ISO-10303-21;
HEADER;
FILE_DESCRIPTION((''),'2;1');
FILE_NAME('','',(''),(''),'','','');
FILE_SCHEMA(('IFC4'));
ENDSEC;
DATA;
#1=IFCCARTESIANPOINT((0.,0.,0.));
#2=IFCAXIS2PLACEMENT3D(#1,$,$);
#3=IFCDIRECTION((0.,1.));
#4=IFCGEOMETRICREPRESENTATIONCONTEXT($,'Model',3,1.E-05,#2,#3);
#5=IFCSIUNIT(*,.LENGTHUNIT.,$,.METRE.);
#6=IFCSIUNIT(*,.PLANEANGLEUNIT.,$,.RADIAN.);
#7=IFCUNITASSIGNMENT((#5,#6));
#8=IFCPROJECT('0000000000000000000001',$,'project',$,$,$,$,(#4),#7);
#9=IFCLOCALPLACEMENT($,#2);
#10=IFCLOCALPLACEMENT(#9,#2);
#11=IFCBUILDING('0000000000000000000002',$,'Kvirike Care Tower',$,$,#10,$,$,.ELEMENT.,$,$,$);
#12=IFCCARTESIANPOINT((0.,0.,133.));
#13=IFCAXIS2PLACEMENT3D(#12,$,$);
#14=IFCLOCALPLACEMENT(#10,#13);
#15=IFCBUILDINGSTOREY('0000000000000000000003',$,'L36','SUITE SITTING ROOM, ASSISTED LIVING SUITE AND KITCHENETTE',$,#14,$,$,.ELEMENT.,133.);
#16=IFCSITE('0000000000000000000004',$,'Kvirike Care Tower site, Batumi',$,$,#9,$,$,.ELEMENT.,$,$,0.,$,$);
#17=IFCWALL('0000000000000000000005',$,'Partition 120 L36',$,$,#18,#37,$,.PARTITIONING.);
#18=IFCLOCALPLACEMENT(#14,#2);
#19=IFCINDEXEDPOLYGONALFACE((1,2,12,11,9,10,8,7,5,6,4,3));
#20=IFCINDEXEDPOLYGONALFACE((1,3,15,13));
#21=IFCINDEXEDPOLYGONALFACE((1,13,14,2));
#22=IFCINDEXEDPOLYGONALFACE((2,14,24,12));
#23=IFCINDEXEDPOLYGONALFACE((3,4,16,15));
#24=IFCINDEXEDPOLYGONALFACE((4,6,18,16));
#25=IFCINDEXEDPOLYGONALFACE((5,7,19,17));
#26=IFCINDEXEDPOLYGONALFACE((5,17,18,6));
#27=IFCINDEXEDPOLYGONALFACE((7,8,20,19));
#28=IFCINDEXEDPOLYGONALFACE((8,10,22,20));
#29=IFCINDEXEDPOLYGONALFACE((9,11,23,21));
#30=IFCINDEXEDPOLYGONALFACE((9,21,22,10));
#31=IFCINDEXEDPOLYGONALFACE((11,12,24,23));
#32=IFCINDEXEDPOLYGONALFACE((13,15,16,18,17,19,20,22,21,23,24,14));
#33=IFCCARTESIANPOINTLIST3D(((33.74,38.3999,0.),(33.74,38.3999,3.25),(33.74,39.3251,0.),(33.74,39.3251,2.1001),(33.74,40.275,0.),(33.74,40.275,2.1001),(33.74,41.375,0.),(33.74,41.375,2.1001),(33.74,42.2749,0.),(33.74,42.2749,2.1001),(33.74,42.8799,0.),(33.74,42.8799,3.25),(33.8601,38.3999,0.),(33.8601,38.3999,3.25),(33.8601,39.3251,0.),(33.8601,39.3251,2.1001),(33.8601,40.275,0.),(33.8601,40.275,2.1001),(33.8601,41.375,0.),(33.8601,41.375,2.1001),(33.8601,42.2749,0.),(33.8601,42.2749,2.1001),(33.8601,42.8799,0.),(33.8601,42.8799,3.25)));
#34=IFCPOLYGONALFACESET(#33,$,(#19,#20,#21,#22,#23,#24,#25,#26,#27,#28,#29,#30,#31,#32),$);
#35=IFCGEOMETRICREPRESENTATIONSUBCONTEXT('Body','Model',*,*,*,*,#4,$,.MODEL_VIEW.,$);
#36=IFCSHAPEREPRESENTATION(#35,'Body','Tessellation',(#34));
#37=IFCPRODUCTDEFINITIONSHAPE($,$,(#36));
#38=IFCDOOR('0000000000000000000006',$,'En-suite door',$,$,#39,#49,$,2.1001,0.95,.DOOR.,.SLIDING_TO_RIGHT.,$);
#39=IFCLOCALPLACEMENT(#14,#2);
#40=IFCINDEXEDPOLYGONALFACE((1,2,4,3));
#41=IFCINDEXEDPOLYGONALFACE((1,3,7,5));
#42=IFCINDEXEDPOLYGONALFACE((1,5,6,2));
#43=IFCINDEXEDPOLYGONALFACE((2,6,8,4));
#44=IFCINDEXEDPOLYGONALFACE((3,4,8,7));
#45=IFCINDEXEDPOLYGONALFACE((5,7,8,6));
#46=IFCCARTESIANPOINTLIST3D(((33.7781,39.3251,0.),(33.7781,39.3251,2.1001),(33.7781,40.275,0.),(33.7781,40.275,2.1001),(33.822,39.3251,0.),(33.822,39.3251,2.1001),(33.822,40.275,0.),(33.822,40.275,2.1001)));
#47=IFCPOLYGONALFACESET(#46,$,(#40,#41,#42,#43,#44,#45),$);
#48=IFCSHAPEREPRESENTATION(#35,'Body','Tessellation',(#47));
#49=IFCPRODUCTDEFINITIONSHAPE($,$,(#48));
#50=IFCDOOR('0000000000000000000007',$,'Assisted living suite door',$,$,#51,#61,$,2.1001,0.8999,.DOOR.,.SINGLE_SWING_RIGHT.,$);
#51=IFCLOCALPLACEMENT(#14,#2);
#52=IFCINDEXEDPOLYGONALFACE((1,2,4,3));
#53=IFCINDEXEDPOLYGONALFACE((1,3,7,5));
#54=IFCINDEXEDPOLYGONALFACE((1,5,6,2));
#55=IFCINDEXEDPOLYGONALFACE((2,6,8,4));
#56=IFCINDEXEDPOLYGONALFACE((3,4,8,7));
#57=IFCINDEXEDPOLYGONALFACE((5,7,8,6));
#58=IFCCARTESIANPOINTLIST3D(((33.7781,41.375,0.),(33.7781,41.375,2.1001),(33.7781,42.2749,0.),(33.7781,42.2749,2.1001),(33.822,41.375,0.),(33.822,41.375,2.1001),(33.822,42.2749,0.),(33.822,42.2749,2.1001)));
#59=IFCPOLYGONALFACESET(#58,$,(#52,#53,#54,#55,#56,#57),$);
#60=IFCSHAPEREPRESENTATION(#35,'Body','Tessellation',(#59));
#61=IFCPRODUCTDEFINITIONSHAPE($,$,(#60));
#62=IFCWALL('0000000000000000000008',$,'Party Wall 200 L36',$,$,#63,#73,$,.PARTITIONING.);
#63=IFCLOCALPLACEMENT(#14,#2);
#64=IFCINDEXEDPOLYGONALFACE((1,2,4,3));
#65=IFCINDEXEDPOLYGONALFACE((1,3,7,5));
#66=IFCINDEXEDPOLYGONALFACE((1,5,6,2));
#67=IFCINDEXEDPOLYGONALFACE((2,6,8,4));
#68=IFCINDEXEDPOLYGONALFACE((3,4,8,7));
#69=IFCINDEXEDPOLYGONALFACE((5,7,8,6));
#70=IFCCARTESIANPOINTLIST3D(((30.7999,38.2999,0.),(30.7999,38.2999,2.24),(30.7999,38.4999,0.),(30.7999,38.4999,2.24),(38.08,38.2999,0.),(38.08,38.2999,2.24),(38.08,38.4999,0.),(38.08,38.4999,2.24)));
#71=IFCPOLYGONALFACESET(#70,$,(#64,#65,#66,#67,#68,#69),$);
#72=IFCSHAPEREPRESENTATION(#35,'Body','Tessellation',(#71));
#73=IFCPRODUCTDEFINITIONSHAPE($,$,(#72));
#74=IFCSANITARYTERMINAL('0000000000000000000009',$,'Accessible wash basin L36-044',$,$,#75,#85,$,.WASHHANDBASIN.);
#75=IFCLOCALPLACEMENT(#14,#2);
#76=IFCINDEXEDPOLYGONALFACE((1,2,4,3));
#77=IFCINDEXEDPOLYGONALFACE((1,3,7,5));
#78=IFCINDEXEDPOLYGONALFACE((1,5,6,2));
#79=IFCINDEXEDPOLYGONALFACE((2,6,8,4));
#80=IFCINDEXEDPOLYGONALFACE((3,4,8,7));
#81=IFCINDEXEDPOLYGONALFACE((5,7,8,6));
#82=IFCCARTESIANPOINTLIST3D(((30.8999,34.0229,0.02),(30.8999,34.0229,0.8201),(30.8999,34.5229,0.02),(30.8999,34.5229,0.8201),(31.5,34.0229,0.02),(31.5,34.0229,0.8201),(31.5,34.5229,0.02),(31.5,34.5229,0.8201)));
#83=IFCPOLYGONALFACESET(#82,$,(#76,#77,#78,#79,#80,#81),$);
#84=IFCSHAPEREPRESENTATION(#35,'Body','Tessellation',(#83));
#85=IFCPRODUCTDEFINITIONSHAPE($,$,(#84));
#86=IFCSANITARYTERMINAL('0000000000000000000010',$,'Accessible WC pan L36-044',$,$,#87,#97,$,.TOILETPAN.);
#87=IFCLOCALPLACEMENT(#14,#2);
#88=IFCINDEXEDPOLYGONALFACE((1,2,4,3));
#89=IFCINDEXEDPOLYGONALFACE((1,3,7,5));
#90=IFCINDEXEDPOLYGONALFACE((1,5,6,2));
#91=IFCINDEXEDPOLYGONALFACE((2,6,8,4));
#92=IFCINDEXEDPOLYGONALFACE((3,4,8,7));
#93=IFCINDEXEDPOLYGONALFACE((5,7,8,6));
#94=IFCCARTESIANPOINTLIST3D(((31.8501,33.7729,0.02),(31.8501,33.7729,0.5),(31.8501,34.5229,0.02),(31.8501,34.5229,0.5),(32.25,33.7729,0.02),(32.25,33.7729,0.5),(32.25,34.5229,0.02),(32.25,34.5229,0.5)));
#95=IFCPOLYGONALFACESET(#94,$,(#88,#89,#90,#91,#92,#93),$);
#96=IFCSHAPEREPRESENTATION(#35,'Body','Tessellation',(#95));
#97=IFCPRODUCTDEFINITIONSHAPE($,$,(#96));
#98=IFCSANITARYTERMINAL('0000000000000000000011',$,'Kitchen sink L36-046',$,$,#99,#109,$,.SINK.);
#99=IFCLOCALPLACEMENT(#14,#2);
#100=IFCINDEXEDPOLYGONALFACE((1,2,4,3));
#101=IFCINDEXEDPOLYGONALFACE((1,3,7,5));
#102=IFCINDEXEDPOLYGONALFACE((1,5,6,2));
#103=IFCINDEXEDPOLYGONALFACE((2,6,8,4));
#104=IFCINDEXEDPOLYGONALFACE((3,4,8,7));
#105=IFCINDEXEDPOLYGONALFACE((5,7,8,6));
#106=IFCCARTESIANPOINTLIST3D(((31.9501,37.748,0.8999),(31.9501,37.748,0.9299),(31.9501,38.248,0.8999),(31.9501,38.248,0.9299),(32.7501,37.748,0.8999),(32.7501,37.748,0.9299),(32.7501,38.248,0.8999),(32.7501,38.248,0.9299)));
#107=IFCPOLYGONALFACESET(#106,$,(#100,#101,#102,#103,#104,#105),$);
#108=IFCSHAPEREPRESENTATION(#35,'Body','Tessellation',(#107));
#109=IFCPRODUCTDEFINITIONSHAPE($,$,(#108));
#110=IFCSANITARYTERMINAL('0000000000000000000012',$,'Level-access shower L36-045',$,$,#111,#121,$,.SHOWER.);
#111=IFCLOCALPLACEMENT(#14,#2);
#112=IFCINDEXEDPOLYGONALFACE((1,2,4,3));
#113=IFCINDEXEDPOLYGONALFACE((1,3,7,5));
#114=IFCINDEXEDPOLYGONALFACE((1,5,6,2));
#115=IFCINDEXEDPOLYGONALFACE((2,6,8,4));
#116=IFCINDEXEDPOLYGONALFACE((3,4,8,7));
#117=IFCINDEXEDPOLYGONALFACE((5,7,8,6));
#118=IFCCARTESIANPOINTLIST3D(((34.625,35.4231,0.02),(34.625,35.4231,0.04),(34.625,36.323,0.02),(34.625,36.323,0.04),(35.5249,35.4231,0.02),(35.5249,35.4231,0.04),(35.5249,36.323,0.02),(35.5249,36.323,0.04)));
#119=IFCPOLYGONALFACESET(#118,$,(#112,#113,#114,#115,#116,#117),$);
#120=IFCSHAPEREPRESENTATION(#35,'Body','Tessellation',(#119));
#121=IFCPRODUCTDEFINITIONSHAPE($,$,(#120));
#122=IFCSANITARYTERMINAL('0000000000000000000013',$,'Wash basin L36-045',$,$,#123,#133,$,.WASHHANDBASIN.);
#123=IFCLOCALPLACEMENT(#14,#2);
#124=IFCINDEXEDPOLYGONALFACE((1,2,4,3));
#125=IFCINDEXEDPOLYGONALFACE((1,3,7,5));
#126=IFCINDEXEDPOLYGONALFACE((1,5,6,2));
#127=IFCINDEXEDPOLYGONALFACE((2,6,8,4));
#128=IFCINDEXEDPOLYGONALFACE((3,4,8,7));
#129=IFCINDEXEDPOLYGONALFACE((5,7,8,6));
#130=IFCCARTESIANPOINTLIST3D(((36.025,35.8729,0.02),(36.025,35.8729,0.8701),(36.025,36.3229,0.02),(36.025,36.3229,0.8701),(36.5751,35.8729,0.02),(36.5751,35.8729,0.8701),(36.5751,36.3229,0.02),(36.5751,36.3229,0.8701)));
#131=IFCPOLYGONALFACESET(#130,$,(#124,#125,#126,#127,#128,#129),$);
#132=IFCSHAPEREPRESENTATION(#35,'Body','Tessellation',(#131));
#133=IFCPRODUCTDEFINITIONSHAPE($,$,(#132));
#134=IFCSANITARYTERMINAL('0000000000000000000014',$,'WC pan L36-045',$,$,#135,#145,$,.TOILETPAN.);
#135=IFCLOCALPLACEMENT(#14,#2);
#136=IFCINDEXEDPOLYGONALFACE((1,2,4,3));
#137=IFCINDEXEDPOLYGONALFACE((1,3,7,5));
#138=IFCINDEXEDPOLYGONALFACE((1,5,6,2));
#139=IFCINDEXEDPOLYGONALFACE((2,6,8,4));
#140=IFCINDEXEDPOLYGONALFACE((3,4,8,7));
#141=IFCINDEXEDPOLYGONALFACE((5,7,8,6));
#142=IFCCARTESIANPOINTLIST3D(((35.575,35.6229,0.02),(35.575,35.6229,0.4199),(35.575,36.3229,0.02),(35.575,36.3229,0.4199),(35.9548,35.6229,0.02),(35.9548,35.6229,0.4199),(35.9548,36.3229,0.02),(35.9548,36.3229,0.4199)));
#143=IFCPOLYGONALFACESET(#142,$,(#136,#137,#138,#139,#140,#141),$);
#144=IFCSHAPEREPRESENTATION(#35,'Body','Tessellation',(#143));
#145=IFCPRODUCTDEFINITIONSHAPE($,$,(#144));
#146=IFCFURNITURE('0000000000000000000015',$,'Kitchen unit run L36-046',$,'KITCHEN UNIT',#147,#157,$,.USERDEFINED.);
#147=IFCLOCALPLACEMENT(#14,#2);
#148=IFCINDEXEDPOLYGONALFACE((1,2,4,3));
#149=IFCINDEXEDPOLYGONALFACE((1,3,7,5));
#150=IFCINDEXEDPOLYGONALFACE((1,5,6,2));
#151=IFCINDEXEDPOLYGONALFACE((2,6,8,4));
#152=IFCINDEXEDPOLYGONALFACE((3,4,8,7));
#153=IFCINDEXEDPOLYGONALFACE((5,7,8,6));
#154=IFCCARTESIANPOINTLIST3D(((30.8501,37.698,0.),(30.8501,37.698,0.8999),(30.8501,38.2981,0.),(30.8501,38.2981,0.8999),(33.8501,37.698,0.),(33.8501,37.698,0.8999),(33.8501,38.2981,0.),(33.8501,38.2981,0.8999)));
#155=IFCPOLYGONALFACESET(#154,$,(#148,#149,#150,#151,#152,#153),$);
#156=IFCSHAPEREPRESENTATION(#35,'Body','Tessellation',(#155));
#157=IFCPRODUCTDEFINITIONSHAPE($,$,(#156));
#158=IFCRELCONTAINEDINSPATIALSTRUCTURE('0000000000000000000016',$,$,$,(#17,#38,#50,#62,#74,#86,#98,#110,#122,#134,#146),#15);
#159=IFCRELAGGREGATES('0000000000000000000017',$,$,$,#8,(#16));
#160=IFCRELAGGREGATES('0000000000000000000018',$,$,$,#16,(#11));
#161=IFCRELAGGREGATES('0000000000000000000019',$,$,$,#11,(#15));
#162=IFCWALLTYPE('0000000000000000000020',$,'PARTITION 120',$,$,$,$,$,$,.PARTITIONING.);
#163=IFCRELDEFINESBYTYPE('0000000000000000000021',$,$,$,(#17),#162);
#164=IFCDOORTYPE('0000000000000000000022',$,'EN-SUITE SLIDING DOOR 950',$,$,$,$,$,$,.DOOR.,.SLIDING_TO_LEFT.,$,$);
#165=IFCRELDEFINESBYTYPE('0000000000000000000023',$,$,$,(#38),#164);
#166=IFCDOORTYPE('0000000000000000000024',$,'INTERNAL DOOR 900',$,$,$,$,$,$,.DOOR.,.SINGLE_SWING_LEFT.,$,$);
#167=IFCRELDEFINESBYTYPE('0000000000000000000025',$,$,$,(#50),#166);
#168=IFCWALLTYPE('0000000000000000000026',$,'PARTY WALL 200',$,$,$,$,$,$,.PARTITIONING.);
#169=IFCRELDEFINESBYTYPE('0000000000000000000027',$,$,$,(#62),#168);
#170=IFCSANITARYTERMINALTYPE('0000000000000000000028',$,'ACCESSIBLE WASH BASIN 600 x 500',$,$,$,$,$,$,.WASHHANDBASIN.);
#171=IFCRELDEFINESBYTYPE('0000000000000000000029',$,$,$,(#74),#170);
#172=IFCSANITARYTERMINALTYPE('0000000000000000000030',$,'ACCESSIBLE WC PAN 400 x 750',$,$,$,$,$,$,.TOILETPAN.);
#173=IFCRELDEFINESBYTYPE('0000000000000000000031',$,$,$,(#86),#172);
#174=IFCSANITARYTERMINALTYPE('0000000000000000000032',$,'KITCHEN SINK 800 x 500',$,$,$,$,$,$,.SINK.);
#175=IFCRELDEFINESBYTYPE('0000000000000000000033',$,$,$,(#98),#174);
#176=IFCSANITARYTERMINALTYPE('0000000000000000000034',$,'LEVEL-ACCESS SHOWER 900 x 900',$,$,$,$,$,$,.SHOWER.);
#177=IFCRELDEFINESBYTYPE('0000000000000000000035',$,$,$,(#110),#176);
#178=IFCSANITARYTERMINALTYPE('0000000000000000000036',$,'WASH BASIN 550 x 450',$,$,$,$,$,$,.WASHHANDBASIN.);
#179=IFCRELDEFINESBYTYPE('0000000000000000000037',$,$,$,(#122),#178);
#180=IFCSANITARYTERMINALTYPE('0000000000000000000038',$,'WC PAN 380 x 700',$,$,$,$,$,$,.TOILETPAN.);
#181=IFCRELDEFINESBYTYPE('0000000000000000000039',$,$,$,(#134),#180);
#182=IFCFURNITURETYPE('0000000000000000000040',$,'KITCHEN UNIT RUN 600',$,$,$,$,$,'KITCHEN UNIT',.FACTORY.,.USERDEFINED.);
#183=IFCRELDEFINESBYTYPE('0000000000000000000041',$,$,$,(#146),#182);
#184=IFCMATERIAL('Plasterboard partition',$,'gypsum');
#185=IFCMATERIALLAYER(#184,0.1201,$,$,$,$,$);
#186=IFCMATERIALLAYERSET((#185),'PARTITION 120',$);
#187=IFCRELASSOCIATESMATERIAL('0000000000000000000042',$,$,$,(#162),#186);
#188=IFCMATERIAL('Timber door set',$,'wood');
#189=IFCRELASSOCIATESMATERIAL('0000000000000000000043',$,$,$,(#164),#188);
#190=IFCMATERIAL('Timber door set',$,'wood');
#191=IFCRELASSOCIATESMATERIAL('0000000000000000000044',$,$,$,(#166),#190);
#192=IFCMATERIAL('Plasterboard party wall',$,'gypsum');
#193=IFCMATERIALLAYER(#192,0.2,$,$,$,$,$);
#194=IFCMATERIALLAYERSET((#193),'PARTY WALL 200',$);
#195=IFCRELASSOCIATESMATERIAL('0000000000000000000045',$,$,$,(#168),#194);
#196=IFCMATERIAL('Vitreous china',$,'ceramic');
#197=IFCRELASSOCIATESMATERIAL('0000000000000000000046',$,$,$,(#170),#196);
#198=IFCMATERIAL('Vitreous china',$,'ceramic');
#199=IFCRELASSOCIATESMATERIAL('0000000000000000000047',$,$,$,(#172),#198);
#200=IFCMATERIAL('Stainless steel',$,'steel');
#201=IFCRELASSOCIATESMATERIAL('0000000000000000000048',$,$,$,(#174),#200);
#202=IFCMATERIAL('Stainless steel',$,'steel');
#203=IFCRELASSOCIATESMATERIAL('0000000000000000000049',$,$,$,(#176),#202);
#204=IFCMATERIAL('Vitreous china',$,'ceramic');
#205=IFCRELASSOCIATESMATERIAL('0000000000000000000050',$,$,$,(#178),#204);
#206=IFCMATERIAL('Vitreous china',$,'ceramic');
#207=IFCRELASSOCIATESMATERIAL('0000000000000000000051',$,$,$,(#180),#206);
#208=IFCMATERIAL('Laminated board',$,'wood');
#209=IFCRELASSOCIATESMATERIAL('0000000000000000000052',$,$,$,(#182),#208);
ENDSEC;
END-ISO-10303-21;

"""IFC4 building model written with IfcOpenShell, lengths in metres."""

from ifc_helpers import new_model, si_unit, direction, frame, frame_2d, origin, origin_2d, place, context, subcontext, project, spatial, rectangle, extrude, material, layer, layer_set, type_object, element, fill, save


model = new_model("IFC4")

# Units and contexts
model_context = context("Model", 3, precision=1e-05, world=origin(), true_north=direction((0.0, 1.0)))
body_context = subcontext(model_context, "Body", "Model", "MODEL_VIEW")
ifc_project = project(units=[si_unit("LENGTHUNIT", "METRE"), si_unit("PLANEANGLEUNIT", "RADIAN")], contexts=[model_context])

# Site, building, storey
site_placement = place(None, origin())
site = spatial("IfcSite", under=ifc_project, at=site_placement, Name="Kvirike Care Tower site, Batumi", CompositionType="ELEMENT", RefElevation=0.0)
building_placement = place(site_placement, origin())
building = spatial("IfcBuilding", under=site, at=building_placement, Name="Kvirike Care Tower", CompositionType="ELEMENT")
storey_placement = place(building_placement, frame((0.0, 0.0, 133.0)))
storey = spatial("IfcBuildingStorey", under=building, at=storey_placement, Name="L36", Description="SUITE SITTING ROOM, ASSISTED LIVING SUITE AND KITCHENETTE", CompositionType="ELEMENT", Elevation=133.0)

# Wall, openings, doors
ifc_material_1 = material(Name="Plasterboard partition", Category="gypsum")
ifc_layer_1 = layer(ifc_material_1, 0.1201)
ifc_layer_set_1 = layer_set([ifc_layer_1], Name="PARTITION 120")
wall_type_1 = type_object("IfcWallType", Name="PARTITION 120", PredefinedType="PARTITIONING", material=ifc_layer_set_1)
ifc_material_2 = material(Name="Timber door set", Category="wood")
door_type_1 = type_object("IfcDoorType", Name="EN-SUITE SLIDING DOOR 950", OperationType="SLIDING_TO_LEFT", PredefinedType="DOOR", material=ifc_material_2)
ifc_material_3 = material(Name="Timber door set", Category="wood")
door_type_2 = type_object("IfcDoorType", Name="INTERNAL DOOR 900", OperationType="SINGLE_SWING_LEFT", PredefinedType="DOOR", material=ifc_material_3)
wall_1_placement = place(storey_placement, frame((33.8, 38.3999, 0.0), z_axis=(0.0, 0.0, 1.0), x_axis=(0.0, 1.0, 0.0)))
wall_1 = element("IfcWall", 1, at=wall_1_placement, inside=storey, type_object=wall_type_1, Name="Partition 120 L36", PredefinedType="PARTITIONING", context=body_context, shape_type="SweptSolid", body=[
    extrude(rectangle(XDim=4.48, YDim=0.1201, at=frame_2d((2.24, 0.0))), origin(), (0.0, 0.0, 1.0), 3.25),
])
opening_1_placement = place(wall_1_placement, frame((2.9751, 0.0, 0.0)))
opening_1 = element("IfcOpeningElement", 2, at=opening_1_placement, cuts=wall_1, PredefinedType="OPENING", context=body_context, shape_type="SweptSolid", body=[
    extrude(rectangle(XDim=0.8999, YDim=2.1001, at=frame_2d((0.45, 1.05))), frame((0.0, 0.0706, 0.0), z_axis=(0.0, -1.0, 0.0), x_axis=(1.0, 0.0, 0.0)), (0.0, 0.0, 1.0), 0.1411),
])
opening_2_placement = place(wall_1_placement, frame((0.925, 0.0, 0.0)))
opening_2 = element("IfcOpeningElement", 3, at=opening_2_placement, cuts=wall_1, PredefinedType="OPENING", context=body_context, shape_type="SweptSolid", body=[
    extrude(rectangle(XDim=0.95, YDim=2.1001, at=frame_2d((0.4751, 1.05))), frame((0.0, 0.0706, 0.0), z_axis=(0.0, -1.0, 0.0), x_axis=(1.0, 0.0, 0.0)), (0.0, 0.0, 1.0), 0.1411),
])
door_1_placement = place(opening_2_placement, origin())
door_1 = element("IfcDoor", 4, at=door_1_placement, inside=storey, type_object=door_type_1, Name="En-suite door", OperationType="SLIDING_TO_RIGHT", OverallHeight=2.1001, OverallWidth=0.95, PredefinedType="DOOR", context=body_context, shape_type="SweptSolid", body=[
    extrude(rectangle(XDim=0.95, YDim=2.1001, at=frame_2d((0.4751, 1.05))), frame((0.0, 0.022, 0.0), z_axis=(0.0, -1.0, 0.0), x_axis=(1.0, 0.0, 0.0)), (0.0, 0.0, 1.0), 0.0439),
])
fill(opening_2, door_1)
door_2_placement = place(opening_1_placement, origin())
door_2 = element("IfcDoor", 5, at=door_2_placement, inside=storey, type_object=door_type_2, Name="Assisted living suite door", OperationType="SINGLE_SWING_RIGHT", OverallHeight=2.1001, OverallWidth=0.8999, PredefinedType="DOOR", context=body_context, shape_type="SweptSolid", body=[
    extrude(rectangle(XDim=0.8999, YDim=2.1001, at=frame_2d((0.45, 1.05))), frame((0.0, 0.022, 0.0), z_axis=(0.0, -1.0, 0.0), x_axis=(1.0, 0.0, 0.0)), (0.0, 0.0, 1.0), 0.0439),
])
fill(opening_1, door_2)

# Wall
ifc_material_4 = material(Name="Plasterboard party wall", Category="gypsum")
ifc_layer_2 = layer(ifc_material_4, 0.2)
ifc_layer_set_2 = layer_set([ifc_layer_2], Name="PARTY WALL 200")
wall_type_2 = type_object("IfcWallType", Name="PARTY WALL 200", PredefinedType="PARTITIONING", material=ifc_layer_set_2)
wall_2_placement = place(storey_placement, frame((38.0801, 38.3999, 0.0), z_axis=(0.0, 0.0, 1.0), x_axis=(-1.0, 0.0, 0.0)))
element("IfcWall", 6, at=wall_2_placement, inside=storey, type_object=wall_type_2, Name="Party Wall 200 L36", PredefinedType="PARTITIONING", context=body_context, shape_type="SweptSolid", body=[
    extrude(rectangle(XDim=7.28, YDim=0.2, at=frame_2d((3.6401, 0.0))), origin(), (0.0, 0.0, 1.0), 2.24),
])

# Sanitary terminals
ifc_material_5 = material(Name="Vitreous china", Category="ceramic")
sanitary_terminal_type_1 = type_object("IfcSanitaryTerminalType", Name="ACCESSIBLE WASH BASIN 600 x 500", PredefinedType="WASHHANDBASIN", material=ifc_material_5)
sanitary_terminal_1_placement = place(storey_placement, frame((31.2, 34.2729, 0.02), z_axis=(0.0, 0.0, 1.0), x_axis=(1.0, 0.0, 0.0)))
element("IfcSanitaryTerminal", 7, at=sanitary_terminal_1_placement, inside=storey, type_object=sanitary_terminal_type_1, Name="Accessible wash basin L36-044", PredefinedType="WASHHANDBASIN", context=body_context, shape_type="SweptSolid", body=[
    extrude(rectangle(XDim=0.6001, YDim=0.5, at=origin_2d()), origin(), (0.0, 0.0, 1.0), 0.8),
])
ifc_material_6 = material(Name="Vitreous china", Category="ceramic")
sanitary_terminal_type_2 = type_object("IfcSanitaryTerminalType", Name="ACCESSIBLE WC PAN 400 x 750", PredefinedType="TOILETPAN", material=ifc_material_6)
sanitary_terminal_2_placement = place(storey_placement, frame((32.05, 34.1479, 0.02), z_axis=(0.0, 0.0, 1.0), x_axis=(1.0, 0.0, 0.0)))
element("IfcSanitaryTerminal", 8, at=sanitary_terminal_2_placement, inside=storey, type_object=sanitary_terminal_type_2, Name="Accessible WC pan L36-044", PredefinedType="TOILETPAN", context=body_context, shape_type="SweptSolid", body=[
    extrude(rectangle(XDim=0.3999, YDim=0.75, at=origin_2d()), origin(), (0.0, 0.0, 1.0), 0.48),
])
ifc_material_7 = material(Name="Stainless steel", Category="steel")
sanitary_terminal_type_3 = type_object("IfcSanitaryTerminalType", Name="KITCHEN SINK 800 x 500", PredefinedType="SINK", material=ifc_material_7)
sanitary_terminal_3_placement = place(storey_placement, frame((32.3501, 37.998, 0.8999), z_axis=(0.0, 0.0, 1.0), x_axis=(1.0, 0.0, 0.0)))
element("IfcSanitaryTerminal", 9, at=sanitary_terminal_3_placement, inside=storey, type_object=sanitary_terminal_type_3, Name="Kitchen sink L36-046", PredefinedType="SINK", context=body_context, shape_type="SweptSolid", body=[
    extrude(rectangle(XDim=0.8, YDim=0.5, at=origin_2d()), origin(), (0.0, 0.0, 1.0), 0.03),
])
ifc_material_8 = material(Name="Stainless steel", Category="steel")
sanitary_terminal_type_4 = type_object("IfcSanitaryTerminalType", Name="LEVEL-ACCESS SHOWER 900 x 900", PredefinedType="SHOWER", material=ifc_material_8)
sanitary_terminal_4_placement = place(storey_placement, frame((35.075, 35.873, 0.02), z_axis=(0.0, 0.0, 1.0), x_axis=(1.0, 0.0, 0.0)))
element("IfcSanitaryTerminal", 10, at=sanitary_terminal_4_placement, inside=storey, type_object=sanitary_terminal_type_4, Name="Level-access shower L36-045", PredefinedType="SHOWER", context=body_context, shape_type="SweptSolid", body=[
    extrude(rectangle(XDim=0.8999, YDim=0.8999, at=origin_2d()), origin(), (0.0, 0.0, 1.0), 0.02),
])
ifc_material_9 = material(Name="Vitreous china", Category="ceramic")
sanitary_terminal_type_5 = type_object("IfcSanitaryTerminalType", Name="WASH BASIN 550 x 450", PredefinedType="WASHHANDBASIN", material=ifc_material_9)
sanitary_terminal_5_placement = place(storey_placement, frame((36.3, 36.0979, 0.02), z_axis=(0.0, 0.0, 1.0), x_axis=(1.0, 0.0, 0.0)))
element("IfcSanitaryTerminal", 11, at=sanitary_terminal_5_placement, inside=storey, type_object=sanitary_terminal_type_5, Name="Wash basin L36-045", PredefinedType="WASHHANDBASIN", context=body_context, shape_type="SweptSolid", body=[
    extrude(rectangle(XDim=0.55, YDim=0.45, at=origin_2d()), origin(), (0.0, 0.0, 1.0), 0.8501),
])
ifc_material_10 = material(Name="Vitreous china", Category="ceramic")
sanitary_terminal_type_6 = type_object("IfcSanitaryTerminalType", Name="WC PAN 380 x 700", PredefinedType="TOILETPAN", material=ifc_material_10)
sanitary_terminal_6_placement = place(storey_placement, frame((35.7649, 35.9729, 0.02), z_axis=(0.0, 0.0, 1.0), x_axis=(1.0, 0.0, 0.0)))
element("IfcSanitaryTerminal", 12, at=sanitary_terminal_6_placement, inside=storey, type_object=sanitary_terminal_type_6, Name="WC pan L36-045", PredefinedType="TOILETPAN", context=body_context, shape_type="SweptSolid", body=[
    extrude(rectangle(XDim=0.3799, YDim=0.7, at=origin_2d()), origin(), (0.0, 0.0, 1.0), 0.3999),
])

# Furniture
ifc_material_11 = material(Name="Laminated board", Category="wood")
furniture_type = type_object("IfcFurnitureType", Name="KITCHEN UNIT RUN 600", ElementType="KITCHEN UNIT", AssemblyPlace="FACTORY", PredefinedType="USERDEFINED", material=ifc_material_11)
furniture_placement = place(storey_placement, frame((32.3501, 37.998, 0.0), z_axis=(0.0, 0.0, 1.0), x_axis=(1.0, 0.0, 0.0)))
element("IfcFurniture", 13, at=furniture_placement, inside=storey, type_object=furniture_type, Name="Kitchen unit run L36-046", ObjectType="KITCHEN UNIT", PredefinedType="USERDEFINED", context=body_context, shape_type="SweptSolid", body=[
    extrude(rectangle(XDim=3.0, YDim=0.6001, at=origin_2d()), origin(), (0.0, 0.0, 1.0), 0.8999),
])

save(model, "model.ifc")
